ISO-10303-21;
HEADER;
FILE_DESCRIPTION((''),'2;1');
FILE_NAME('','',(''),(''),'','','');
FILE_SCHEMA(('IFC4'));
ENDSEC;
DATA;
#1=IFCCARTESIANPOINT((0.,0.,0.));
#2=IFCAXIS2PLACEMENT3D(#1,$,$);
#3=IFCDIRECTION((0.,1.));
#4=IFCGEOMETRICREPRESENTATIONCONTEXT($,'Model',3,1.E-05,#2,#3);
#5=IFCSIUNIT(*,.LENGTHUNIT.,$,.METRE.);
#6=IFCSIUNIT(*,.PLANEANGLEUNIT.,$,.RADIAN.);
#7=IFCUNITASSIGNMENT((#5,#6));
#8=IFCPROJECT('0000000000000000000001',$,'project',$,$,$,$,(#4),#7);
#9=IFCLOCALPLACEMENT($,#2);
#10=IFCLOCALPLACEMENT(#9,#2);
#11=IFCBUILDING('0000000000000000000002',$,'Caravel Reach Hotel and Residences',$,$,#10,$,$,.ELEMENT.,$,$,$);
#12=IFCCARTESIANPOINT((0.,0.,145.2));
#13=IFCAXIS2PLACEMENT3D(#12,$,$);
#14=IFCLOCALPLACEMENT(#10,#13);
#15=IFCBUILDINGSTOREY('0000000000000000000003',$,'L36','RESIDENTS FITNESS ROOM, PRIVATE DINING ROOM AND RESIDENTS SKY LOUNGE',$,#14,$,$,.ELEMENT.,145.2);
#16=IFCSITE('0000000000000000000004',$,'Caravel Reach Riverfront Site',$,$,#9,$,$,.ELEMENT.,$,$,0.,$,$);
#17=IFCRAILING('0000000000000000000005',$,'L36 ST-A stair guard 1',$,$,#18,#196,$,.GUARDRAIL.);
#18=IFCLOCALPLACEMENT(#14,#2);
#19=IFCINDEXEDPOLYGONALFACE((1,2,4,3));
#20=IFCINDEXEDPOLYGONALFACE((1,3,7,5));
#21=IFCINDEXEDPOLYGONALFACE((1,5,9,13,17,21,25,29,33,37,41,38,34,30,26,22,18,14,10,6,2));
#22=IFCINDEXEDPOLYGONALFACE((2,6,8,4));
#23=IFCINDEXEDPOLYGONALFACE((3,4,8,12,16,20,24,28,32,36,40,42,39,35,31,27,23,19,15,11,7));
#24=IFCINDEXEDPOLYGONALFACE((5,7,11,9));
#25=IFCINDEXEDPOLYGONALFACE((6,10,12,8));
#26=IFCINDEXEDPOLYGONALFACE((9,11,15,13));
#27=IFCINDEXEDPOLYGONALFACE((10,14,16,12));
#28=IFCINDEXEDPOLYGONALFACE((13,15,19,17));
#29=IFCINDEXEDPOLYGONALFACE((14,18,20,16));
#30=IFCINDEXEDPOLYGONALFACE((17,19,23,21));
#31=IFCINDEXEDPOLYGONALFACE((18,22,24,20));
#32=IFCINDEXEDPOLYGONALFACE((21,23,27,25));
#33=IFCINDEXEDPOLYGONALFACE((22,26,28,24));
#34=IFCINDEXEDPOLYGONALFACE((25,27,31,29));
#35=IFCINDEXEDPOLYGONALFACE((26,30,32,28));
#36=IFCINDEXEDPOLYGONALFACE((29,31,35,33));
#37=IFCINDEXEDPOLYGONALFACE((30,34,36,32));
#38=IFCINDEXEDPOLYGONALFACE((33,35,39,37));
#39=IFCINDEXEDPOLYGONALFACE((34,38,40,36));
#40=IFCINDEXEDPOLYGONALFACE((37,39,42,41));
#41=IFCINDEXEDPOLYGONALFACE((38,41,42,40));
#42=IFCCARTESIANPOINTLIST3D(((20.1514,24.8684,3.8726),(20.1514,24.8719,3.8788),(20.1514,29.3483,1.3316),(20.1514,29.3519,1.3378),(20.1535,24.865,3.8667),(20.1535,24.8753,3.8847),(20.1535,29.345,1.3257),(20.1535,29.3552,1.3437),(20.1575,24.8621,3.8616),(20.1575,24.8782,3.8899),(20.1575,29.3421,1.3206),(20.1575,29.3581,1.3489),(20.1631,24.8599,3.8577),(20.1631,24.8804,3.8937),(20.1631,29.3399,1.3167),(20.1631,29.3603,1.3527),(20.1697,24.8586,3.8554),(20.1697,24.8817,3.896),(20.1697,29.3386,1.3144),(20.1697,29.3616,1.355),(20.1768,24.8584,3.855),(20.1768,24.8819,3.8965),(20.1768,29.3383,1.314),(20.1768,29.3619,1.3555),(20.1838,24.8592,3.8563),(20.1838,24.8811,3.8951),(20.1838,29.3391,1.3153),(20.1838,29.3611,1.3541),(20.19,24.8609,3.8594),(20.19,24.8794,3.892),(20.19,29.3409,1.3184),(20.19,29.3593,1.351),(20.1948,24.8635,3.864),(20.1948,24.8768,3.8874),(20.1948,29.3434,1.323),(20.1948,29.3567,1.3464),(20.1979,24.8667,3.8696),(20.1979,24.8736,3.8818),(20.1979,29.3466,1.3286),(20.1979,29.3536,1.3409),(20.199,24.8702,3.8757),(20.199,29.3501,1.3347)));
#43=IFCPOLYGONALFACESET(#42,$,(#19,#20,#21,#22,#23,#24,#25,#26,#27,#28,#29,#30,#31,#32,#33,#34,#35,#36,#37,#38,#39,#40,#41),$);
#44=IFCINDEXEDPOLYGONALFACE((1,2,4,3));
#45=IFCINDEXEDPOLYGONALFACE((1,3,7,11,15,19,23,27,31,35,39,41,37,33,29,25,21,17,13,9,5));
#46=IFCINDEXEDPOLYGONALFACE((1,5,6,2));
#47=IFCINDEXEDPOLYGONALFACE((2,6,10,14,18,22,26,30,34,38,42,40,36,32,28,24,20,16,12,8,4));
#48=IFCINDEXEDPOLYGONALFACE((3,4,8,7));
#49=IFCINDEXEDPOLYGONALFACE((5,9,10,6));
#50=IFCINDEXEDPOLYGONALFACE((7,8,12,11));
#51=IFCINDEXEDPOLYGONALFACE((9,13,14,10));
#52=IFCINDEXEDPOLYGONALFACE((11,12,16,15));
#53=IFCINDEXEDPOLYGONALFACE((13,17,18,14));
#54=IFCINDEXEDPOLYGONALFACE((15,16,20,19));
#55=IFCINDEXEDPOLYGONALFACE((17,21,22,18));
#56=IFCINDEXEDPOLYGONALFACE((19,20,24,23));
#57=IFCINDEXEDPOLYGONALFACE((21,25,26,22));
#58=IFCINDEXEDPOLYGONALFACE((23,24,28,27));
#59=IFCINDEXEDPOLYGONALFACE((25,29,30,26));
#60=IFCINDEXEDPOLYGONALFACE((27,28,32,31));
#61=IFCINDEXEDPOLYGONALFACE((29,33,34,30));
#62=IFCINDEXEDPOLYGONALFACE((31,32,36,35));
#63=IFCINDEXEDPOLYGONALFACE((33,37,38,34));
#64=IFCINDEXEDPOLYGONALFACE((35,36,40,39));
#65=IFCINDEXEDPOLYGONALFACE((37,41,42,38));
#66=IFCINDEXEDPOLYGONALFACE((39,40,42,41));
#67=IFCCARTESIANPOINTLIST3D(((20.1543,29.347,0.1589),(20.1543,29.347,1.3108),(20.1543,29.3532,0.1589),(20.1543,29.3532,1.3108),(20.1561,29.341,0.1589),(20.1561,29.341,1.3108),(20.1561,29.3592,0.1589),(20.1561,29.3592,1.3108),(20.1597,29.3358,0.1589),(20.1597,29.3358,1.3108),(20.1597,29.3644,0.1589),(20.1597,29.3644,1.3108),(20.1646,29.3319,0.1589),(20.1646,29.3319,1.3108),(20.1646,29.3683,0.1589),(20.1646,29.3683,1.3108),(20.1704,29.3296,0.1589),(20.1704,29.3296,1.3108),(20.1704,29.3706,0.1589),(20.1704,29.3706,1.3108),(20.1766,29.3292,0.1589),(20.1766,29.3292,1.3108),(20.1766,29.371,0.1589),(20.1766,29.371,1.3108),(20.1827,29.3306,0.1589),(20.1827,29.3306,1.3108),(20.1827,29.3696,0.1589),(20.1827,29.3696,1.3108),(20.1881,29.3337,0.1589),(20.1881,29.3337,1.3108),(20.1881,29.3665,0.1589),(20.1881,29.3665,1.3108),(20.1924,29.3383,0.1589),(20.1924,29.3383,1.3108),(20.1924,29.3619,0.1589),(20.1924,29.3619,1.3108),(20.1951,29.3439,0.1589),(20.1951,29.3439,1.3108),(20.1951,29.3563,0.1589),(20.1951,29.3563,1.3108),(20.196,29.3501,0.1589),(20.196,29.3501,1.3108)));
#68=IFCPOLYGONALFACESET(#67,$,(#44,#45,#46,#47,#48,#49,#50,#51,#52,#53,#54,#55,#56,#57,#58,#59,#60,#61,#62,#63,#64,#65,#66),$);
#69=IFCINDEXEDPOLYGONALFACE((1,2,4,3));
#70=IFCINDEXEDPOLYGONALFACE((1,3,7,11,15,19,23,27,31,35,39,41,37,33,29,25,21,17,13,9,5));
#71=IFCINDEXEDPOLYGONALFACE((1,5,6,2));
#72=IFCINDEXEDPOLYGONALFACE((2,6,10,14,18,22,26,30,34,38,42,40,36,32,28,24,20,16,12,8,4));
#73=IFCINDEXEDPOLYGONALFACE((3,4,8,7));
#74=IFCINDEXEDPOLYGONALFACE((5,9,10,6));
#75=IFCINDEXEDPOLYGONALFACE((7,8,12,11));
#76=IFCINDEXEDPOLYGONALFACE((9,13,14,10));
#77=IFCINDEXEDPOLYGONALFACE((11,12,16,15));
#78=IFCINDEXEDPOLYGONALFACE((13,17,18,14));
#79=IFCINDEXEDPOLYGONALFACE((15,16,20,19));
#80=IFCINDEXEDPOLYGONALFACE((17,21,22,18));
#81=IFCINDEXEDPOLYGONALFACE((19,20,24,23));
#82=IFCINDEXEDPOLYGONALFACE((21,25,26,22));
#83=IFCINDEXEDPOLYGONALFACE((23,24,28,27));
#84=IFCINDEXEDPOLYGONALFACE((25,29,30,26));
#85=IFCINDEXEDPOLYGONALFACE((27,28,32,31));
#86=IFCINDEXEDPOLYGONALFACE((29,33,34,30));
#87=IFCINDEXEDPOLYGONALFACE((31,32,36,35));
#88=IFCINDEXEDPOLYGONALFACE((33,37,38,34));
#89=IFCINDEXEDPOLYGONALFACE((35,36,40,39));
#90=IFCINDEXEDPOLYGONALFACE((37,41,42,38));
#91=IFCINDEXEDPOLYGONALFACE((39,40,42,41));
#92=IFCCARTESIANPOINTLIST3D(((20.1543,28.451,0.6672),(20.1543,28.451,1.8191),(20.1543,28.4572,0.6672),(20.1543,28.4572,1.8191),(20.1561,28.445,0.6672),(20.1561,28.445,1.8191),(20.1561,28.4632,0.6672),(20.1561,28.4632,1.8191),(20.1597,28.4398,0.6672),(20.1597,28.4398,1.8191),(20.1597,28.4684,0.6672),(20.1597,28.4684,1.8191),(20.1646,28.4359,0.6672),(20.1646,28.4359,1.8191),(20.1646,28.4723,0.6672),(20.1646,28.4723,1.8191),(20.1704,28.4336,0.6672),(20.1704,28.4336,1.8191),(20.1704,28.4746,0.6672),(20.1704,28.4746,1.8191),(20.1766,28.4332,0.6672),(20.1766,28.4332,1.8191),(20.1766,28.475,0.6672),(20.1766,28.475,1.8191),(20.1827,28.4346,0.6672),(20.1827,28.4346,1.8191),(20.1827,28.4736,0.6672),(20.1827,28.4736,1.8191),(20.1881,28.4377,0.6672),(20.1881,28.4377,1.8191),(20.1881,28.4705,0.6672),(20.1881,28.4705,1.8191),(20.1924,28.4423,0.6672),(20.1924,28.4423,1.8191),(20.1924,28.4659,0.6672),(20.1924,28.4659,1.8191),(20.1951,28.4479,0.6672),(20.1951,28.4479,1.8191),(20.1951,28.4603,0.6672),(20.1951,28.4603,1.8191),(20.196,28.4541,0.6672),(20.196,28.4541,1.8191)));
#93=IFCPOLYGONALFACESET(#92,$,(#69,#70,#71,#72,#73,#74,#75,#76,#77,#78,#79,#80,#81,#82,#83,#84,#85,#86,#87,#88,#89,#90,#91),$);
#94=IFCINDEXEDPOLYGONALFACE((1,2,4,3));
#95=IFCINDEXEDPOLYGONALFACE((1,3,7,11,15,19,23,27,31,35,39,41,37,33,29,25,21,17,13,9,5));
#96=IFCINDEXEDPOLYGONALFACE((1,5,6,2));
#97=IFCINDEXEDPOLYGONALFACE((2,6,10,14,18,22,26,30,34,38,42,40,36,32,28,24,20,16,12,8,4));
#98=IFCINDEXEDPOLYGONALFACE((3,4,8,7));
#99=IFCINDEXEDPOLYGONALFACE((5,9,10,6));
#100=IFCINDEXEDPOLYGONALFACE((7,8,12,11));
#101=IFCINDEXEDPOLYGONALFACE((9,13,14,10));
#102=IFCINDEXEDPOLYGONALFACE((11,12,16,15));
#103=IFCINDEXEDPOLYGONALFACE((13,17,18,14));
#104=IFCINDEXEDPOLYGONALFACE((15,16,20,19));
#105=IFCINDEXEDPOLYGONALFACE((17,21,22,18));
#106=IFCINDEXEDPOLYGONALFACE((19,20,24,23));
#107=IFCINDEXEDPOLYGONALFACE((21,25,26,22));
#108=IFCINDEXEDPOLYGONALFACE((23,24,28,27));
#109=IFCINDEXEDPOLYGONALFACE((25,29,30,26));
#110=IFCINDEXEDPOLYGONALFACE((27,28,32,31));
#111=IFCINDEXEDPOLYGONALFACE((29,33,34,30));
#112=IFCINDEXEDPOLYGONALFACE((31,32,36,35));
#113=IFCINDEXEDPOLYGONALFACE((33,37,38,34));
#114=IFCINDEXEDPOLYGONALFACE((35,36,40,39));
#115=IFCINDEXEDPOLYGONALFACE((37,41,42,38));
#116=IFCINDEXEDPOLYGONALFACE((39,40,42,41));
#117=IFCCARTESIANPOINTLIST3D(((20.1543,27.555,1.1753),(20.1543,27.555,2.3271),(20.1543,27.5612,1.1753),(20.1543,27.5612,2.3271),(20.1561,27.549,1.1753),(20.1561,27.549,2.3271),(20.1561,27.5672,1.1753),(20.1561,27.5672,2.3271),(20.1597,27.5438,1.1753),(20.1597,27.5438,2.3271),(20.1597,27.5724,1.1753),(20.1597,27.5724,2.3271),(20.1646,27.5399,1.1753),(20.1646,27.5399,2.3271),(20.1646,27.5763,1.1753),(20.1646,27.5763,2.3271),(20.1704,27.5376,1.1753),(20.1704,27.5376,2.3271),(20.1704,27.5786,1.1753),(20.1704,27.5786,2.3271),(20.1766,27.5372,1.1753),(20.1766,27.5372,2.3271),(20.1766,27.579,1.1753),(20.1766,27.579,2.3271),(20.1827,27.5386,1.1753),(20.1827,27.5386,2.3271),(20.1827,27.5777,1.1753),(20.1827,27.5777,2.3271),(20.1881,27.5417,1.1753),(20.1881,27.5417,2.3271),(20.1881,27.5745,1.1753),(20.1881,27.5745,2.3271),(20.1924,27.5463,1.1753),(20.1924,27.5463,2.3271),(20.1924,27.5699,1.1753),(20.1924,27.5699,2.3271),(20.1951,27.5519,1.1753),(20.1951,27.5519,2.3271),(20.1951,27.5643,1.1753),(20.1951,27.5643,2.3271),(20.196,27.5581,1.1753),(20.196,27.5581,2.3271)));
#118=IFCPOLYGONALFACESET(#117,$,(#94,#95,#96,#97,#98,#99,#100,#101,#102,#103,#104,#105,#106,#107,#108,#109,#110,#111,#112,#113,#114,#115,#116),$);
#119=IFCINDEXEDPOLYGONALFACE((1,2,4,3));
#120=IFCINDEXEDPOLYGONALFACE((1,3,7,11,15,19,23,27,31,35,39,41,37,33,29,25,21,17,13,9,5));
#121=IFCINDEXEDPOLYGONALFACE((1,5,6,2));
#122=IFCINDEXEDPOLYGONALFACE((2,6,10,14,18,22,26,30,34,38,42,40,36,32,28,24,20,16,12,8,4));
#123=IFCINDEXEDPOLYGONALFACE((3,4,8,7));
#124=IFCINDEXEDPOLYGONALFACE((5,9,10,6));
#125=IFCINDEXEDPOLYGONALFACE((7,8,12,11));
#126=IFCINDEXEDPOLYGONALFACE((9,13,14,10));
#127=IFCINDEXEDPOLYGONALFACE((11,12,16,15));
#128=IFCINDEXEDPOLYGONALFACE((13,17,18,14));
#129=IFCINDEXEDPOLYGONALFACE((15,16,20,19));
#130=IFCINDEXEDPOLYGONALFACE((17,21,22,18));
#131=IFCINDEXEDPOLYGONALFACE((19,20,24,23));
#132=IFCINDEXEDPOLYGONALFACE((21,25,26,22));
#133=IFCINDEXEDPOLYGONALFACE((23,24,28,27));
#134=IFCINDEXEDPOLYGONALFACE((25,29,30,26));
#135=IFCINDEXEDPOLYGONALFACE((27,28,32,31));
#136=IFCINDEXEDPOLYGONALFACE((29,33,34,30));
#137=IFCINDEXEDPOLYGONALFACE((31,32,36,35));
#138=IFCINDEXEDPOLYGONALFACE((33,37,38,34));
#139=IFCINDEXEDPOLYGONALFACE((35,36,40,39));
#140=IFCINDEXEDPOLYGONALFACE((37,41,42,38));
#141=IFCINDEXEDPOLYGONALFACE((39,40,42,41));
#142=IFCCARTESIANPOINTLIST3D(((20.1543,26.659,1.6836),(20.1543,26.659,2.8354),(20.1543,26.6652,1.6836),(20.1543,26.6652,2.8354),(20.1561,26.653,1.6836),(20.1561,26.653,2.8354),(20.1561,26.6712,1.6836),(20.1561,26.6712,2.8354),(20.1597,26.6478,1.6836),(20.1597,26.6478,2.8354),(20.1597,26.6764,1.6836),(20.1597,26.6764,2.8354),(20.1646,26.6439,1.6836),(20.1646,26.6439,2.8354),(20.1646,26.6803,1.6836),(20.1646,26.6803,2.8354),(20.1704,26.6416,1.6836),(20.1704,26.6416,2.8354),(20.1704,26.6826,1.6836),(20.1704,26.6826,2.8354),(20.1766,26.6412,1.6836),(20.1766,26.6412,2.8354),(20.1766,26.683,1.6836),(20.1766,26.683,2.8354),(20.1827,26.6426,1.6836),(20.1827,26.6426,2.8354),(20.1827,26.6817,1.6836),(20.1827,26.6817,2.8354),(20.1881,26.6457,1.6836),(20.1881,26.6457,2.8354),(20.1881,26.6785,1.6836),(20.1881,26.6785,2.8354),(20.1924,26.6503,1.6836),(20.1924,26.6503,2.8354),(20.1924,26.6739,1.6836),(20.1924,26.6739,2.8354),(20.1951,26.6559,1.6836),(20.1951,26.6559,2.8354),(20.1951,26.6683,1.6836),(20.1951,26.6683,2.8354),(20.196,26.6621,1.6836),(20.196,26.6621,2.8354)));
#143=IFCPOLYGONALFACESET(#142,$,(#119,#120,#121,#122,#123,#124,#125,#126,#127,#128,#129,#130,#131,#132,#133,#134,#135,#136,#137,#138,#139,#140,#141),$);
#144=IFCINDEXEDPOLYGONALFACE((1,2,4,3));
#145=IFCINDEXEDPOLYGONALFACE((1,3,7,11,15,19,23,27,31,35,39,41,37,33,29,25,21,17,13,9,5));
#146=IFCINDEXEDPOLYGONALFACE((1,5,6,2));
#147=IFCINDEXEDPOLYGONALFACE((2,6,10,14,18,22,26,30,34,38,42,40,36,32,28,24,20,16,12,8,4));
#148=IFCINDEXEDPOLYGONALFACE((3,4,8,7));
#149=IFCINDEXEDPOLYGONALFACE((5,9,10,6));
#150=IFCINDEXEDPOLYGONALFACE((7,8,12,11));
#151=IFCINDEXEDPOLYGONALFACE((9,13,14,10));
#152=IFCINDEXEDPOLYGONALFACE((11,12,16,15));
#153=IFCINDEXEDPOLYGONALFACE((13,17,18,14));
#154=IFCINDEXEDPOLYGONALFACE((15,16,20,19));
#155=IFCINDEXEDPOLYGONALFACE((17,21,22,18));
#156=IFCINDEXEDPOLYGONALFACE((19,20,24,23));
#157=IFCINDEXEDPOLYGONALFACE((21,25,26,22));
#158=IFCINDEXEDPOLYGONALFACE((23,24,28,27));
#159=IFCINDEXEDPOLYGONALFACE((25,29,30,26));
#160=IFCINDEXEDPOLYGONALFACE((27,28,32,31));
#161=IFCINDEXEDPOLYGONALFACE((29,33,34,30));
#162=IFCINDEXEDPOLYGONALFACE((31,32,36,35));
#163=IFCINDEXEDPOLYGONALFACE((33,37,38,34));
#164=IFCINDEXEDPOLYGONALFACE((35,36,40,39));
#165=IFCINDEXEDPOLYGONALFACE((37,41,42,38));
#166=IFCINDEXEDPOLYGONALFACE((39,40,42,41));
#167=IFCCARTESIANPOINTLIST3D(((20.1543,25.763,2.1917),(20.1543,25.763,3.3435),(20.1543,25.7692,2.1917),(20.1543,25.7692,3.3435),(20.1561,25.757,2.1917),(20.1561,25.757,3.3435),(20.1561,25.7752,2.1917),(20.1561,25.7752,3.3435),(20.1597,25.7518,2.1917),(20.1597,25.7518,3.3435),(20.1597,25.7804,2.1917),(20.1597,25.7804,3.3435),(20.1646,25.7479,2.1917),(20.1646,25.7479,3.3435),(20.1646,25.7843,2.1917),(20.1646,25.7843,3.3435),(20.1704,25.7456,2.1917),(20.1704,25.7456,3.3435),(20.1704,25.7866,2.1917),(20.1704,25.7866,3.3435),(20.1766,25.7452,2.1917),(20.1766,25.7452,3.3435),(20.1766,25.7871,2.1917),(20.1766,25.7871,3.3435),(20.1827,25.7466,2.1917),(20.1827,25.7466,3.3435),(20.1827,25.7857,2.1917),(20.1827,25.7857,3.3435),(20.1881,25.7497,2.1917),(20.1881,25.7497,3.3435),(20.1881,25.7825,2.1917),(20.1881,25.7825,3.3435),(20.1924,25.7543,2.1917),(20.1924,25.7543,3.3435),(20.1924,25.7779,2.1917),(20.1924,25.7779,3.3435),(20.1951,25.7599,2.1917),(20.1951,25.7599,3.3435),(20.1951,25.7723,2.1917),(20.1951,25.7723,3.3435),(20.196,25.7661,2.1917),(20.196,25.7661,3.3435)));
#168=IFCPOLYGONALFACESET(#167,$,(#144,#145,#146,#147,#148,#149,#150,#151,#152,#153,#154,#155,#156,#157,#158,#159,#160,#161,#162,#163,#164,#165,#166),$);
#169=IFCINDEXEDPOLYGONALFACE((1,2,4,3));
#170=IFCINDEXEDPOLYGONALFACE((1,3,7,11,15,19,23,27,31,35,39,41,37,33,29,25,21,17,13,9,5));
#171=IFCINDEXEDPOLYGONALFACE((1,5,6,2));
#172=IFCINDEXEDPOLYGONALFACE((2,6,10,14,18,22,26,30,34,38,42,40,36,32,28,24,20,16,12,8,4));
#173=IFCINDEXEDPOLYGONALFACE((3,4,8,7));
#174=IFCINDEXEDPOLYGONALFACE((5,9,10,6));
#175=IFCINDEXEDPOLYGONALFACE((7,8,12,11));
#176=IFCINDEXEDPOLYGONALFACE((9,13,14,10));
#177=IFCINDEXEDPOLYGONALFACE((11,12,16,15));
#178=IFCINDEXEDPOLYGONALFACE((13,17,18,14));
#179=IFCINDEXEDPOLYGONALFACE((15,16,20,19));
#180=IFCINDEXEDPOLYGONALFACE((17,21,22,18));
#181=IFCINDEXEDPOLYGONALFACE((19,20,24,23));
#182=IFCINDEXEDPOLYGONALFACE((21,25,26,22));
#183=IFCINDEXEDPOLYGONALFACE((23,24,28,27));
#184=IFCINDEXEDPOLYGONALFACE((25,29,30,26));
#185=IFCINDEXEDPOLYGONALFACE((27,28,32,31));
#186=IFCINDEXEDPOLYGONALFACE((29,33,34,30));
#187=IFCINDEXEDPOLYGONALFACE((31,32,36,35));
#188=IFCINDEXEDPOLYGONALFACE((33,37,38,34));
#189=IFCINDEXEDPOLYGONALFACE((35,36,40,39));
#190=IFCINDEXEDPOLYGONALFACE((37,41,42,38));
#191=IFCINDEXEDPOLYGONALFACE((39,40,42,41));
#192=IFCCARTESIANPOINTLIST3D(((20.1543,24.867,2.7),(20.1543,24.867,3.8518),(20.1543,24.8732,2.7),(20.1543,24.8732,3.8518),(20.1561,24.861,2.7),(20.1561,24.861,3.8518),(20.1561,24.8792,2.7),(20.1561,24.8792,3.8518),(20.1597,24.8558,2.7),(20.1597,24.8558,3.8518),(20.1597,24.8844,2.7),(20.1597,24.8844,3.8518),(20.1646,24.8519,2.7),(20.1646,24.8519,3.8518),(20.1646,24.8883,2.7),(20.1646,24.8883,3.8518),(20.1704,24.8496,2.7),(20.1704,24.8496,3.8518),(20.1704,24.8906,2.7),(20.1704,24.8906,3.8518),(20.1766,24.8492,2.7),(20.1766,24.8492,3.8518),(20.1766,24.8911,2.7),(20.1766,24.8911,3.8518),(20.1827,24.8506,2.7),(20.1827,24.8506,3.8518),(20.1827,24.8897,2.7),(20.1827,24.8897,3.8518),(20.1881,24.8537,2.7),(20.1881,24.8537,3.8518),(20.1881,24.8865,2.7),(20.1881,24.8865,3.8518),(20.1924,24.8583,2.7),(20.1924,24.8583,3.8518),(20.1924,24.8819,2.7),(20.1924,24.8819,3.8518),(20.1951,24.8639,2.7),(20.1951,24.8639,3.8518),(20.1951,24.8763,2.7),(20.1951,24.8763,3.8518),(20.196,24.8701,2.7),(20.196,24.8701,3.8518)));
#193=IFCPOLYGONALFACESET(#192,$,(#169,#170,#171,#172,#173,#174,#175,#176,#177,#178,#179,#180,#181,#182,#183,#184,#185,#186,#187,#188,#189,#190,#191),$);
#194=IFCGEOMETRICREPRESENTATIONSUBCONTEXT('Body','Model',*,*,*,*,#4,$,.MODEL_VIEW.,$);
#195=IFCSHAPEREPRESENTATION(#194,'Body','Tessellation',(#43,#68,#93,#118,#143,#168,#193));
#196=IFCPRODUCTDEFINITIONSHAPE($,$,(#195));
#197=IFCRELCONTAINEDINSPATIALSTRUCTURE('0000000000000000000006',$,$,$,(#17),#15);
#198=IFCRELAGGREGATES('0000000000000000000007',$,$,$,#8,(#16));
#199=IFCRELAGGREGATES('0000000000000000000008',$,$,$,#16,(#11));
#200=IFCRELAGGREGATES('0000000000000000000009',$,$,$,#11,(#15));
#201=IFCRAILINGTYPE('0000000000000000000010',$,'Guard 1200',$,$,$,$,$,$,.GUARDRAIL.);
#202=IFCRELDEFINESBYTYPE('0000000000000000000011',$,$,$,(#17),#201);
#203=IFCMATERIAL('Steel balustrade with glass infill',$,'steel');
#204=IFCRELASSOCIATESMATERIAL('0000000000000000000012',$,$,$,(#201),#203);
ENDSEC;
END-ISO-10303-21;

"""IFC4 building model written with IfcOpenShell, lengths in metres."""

from ifc_helpers import new_model, si_unit, direction, frame, origin, origin_2d, place, context, subcontext, project, spatial, circle, extrude, material, type_object, element, save


model = new_model("IFC4")

# Units and contexts
model_context = context("Model", 3, precision=1e-05, world=origin(), true_north=direction((0.0, 1.0)))
body_context = subcontext(model_context, "Body", "Model", "MODEL_VIEW")
ifc_project = project(units=[si_unit("LENGTHUNIT", "METRE"), si_unit("PLANEANGLEUNIT", "RADIAN")], contexts=[model_context])

# Site, building, storey
site_placement = place(None, origin())
site = spatial("IfcSite", under=ifc_project, at=site_placement, Name="Caravel Reach Riverfront Site", CompositionType="ELEMENT", RefElevation=0.0)
building_placement = place(site_placement, origin())
building = spatial("IfcBuilding", under=site, at=building_placement, Name="Caravel Reach Hotel and Residences", CompositionType="ELEMENT")
storey_placement = place(building_placement, frame((0.0, 0.0, 145.2)))
storey = spatial("IfcBuildingStorey", under=building, at=storey_placement, Name="L36", Description="RESIDENTS FITNESS ROOM, PRIVATE DINING ROOM AND RESIDENTS SKY LOUNGE", CompositionType="ELEMENT", Elevation=145.2)

# Railing
ifc_material_1 = material(Name="Steel balustrade with glass infill", Category="steel")
railing_type_1 = type_object("IfcRailingType", Name="Guard 1200", PredefinedType="GUARDRAIL", material=ifc_material_1)
railing_1_placement = place(storey_placement, frame((20.175, 29.3501, 0.1589)))
element("IfcRailing", 1, at=railing_1_placement, inside=storey, type_object=railing_type_1, Name="L36 ST-A stair guard 1", PredefinedType="GUARDRAIL", context=body_context, shape_type="SweptSolid", body=[
    extrude(circle(Radius=0.0239, at=origin_2d()), frame((0.0, 0.0, 1.1758), z_axis=(0.0, -0.869826, 0.493359), x_axis=(1.0, 0.0, 0.0)), (0.0, 0.0, 1.0), 5.1504),
    extrude(circle(Radius=0.021, at=origin_2d()), origin(), (0.0, 0.0, 1.0), 1.1519),
    extrude(circle(Radius=0.021, at=origin_2d()), frame((0.0, -0.896, 0.5083)), (0.0, 0.0, 1.0), 1.1519),
    extrude(circle(Radius=0.021, at=origin_2d()), frame((0.0, -1.792, 1.0164)), (0.0, 0.0, 1.0), 1.1519),
    extrude(circle(Radius=0.021, at=origin_2d()), frame((0.0, -2.688, 1.5247)), (0.0, 0.0, 1.0), 1.1519),
    extrude(circle(Radius=0.021, at=origin_2d()), frame((0.0, -3.584, 2.0327)), (0.0, 0.0, 1.0), 1.1519),
    extrude(circle(Radius=0.021, at=origin_2d()), frame((0.0, -4.48, 2.541)), (0.0, 0.0, 1.0), 1.1519),
])

save(model, "model.ifc")
